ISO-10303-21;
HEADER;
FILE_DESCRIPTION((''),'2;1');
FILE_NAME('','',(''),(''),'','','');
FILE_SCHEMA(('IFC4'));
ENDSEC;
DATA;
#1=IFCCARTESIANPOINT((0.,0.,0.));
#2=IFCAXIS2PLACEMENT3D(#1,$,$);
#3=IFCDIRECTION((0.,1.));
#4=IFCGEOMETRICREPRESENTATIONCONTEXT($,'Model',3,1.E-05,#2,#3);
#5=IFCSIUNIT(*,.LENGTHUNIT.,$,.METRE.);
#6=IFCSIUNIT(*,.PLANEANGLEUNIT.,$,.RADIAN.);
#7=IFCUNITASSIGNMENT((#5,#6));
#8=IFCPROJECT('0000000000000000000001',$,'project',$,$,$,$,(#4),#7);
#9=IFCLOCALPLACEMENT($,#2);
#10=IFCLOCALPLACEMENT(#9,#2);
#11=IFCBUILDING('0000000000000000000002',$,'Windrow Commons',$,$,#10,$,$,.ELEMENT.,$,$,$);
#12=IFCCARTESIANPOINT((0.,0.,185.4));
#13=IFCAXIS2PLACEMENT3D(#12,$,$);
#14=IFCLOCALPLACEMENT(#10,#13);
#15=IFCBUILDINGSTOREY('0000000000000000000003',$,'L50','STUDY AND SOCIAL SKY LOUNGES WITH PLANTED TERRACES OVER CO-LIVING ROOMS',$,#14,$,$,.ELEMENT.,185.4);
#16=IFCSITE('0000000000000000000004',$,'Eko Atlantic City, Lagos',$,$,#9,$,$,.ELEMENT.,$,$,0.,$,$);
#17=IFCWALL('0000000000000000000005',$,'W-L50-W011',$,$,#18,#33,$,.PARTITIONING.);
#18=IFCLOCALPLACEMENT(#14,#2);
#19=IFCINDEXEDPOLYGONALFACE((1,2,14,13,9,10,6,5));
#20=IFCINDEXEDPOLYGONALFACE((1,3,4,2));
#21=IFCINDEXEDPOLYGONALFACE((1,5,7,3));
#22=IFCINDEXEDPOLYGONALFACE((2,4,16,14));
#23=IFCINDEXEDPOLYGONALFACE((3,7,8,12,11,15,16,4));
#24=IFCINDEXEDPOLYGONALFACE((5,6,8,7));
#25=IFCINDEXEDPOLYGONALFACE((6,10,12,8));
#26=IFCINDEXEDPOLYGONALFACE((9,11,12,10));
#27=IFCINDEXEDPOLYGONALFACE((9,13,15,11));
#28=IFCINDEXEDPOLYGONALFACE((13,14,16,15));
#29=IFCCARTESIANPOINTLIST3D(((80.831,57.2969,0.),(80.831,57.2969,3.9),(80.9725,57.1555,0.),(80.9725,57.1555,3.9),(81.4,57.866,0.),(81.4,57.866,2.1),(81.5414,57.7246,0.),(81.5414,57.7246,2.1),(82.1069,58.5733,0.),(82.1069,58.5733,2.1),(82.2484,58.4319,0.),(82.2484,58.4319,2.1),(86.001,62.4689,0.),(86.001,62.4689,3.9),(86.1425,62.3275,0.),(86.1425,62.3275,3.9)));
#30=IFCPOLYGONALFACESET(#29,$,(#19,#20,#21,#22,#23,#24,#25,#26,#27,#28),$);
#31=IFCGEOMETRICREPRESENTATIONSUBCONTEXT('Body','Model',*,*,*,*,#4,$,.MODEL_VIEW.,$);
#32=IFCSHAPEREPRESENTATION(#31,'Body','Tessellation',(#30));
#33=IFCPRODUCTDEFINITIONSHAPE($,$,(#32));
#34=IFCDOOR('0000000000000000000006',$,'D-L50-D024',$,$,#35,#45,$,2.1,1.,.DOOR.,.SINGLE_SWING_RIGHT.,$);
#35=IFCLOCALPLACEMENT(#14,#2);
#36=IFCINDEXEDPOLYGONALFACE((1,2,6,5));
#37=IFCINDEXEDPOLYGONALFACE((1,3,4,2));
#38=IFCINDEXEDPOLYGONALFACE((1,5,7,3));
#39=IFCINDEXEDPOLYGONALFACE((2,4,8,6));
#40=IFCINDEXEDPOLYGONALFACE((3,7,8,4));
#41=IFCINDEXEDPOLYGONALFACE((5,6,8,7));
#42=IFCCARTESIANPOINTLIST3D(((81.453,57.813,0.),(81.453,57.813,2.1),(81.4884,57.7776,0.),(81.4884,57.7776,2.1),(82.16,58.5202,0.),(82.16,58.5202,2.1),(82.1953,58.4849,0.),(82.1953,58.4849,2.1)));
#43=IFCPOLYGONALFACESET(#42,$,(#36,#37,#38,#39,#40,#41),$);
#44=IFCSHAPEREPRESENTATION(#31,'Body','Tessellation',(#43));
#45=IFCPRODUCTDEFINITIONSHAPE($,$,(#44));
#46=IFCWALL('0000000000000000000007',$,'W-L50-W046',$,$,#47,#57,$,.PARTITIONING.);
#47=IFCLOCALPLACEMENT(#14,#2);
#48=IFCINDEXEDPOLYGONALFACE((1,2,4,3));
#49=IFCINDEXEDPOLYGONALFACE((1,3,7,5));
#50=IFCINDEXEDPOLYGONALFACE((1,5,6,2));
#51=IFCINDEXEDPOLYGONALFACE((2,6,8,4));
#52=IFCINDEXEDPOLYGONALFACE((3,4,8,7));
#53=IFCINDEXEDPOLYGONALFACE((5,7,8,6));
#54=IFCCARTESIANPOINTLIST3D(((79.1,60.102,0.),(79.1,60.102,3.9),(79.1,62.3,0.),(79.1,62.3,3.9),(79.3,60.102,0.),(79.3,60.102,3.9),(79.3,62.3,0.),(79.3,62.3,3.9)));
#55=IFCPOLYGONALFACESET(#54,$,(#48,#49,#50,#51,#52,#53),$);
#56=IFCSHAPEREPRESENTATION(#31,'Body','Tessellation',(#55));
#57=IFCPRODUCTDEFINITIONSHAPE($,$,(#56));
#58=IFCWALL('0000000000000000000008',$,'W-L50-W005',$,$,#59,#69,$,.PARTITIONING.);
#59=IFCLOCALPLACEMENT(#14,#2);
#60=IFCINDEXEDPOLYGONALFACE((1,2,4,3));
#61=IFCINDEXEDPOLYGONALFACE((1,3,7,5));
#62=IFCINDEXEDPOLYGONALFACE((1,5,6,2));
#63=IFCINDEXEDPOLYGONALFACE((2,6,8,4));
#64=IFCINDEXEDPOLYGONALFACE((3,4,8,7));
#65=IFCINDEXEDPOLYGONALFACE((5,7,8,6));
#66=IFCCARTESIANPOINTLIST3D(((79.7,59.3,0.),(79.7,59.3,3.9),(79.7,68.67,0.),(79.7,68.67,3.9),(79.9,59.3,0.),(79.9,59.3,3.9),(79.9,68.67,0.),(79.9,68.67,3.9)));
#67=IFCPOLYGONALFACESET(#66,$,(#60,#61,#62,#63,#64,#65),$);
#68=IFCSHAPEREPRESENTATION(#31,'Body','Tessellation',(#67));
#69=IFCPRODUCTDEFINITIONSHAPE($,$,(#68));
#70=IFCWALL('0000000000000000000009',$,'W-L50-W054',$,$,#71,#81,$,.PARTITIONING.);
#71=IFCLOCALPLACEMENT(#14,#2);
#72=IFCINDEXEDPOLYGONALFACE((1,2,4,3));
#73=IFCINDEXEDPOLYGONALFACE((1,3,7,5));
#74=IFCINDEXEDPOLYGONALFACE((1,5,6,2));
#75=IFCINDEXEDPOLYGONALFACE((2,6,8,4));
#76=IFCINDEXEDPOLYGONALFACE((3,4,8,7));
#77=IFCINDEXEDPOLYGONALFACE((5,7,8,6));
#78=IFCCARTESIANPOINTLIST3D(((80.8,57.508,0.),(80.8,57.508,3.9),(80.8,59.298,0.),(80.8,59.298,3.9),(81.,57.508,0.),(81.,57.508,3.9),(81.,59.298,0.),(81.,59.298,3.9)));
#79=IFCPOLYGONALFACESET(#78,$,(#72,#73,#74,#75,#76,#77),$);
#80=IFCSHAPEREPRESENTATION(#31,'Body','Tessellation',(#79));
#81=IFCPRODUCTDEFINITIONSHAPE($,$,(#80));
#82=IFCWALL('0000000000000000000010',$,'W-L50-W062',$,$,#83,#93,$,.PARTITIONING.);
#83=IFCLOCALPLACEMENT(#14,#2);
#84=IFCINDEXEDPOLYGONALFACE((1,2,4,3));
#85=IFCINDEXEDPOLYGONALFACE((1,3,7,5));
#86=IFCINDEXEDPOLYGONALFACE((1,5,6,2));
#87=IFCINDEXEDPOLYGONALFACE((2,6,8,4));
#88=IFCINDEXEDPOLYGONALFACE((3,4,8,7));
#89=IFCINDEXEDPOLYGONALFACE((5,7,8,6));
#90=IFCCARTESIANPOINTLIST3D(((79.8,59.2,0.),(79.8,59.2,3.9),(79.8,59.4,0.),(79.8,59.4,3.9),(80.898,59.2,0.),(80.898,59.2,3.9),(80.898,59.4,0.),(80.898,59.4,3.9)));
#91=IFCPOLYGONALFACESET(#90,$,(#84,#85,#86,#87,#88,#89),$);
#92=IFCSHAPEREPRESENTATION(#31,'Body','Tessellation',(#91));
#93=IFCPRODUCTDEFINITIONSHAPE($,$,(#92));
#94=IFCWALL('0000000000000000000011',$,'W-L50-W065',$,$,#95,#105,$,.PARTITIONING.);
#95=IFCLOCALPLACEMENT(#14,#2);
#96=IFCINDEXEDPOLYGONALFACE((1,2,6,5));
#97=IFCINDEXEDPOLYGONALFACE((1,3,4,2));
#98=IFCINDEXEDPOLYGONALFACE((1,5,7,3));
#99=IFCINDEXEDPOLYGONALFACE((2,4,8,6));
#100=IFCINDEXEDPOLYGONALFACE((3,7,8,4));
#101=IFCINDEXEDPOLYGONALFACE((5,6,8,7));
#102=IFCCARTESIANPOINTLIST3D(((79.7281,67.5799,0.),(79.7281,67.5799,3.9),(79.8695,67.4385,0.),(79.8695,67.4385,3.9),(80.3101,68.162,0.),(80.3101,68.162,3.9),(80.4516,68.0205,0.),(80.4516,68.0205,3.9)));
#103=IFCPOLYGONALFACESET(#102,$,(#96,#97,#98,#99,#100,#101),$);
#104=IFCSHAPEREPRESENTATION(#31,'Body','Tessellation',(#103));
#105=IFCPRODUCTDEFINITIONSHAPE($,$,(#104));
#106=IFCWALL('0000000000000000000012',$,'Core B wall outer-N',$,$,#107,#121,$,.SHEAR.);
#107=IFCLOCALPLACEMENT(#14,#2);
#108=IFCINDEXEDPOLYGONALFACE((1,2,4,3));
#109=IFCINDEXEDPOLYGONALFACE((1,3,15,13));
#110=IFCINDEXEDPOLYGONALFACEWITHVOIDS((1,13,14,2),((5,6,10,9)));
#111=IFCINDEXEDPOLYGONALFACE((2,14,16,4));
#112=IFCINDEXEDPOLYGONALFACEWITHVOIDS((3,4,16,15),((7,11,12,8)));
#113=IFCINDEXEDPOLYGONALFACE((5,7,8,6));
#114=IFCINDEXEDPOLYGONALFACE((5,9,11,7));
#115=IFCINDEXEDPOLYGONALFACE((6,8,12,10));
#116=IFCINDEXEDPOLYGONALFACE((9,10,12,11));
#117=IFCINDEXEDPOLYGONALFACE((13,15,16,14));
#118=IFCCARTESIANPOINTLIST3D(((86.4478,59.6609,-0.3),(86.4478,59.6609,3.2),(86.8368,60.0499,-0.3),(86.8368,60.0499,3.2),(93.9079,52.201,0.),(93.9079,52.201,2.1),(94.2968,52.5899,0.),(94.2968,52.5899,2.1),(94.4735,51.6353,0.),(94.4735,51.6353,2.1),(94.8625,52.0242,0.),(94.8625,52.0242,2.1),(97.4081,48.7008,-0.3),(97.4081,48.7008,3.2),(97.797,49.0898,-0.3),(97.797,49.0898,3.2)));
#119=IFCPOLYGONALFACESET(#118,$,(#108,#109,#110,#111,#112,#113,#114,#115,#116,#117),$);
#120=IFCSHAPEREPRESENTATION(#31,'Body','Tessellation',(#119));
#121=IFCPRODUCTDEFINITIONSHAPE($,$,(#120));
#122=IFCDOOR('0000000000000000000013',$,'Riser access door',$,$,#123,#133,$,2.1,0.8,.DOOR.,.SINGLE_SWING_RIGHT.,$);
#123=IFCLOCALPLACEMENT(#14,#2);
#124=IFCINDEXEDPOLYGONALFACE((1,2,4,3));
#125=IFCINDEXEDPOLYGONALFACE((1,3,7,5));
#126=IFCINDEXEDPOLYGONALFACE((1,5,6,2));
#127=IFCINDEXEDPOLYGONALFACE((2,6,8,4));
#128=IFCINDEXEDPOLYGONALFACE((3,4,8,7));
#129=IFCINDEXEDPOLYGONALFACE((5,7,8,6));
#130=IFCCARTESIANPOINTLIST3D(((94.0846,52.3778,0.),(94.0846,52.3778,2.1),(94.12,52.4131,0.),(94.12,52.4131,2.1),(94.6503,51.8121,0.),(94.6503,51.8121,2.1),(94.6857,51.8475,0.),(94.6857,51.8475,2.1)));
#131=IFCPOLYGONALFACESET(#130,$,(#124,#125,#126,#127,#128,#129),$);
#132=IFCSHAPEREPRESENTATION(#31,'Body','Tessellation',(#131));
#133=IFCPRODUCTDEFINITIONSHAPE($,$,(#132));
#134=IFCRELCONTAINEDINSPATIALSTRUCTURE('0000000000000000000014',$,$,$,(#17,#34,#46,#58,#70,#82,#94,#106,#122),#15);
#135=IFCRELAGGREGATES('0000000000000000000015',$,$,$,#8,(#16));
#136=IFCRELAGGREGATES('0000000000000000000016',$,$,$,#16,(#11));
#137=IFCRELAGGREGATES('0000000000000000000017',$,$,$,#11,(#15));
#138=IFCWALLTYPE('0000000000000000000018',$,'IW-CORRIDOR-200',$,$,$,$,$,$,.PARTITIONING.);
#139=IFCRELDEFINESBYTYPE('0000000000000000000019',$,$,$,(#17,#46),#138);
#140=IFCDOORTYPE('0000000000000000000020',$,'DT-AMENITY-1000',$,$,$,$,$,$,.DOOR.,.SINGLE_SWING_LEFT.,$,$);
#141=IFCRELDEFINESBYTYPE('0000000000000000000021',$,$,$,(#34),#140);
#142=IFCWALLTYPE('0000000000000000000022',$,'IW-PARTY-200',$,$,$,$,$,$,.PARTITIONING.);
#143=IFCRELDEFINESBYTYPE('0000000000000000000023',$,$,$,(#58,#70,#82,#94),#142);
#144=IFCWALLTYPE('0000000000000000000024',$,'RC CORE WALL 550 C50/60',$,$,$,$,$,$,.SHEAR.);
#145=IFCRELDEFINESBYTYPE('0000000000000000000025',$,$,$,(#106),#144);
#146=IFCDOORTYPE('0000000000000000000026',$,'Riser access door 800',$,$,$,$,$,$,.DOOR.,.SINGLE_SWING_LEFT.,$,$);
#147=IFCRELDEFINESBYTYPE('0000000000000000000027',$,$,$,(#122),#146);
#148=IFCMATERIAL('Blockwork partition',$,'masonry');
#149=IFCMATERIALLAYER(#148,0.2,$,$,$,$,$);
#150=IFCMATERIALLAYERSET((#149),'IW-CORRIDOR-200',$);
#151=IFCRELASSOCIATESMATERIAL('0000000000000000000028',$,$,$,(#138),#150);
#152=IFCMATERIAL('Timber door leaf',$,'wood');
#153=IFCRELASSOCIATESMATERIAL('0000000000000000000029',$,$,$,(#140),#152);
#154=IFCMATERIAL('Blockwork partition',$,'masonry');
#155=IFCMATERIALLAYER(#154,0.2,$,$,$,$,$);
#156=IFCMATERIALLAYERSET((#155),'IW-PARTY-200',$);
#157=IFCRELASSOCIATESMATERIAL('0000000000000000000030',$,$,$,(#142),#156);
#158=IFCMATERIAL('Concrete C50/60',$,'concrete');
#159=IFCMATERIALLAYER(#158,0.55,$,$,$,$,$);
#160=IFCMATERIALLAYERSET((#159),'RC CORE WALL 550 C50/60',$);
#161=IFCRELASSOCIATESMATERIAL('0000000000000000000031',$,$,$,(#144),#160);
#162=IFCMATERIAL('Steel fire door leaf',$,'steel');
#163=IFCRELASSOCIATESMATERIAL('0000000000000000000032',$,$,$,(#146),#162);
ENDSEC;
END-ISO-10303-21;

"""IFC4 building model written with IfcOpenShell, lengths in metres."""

from ifc_helpers import new_model, si_unit, direction, frame, frame_2d, origin, place, context, subcontext, project, spatial, rectangle, extrude, material, layer, layer_set, type_object, element, fill, save


model = new_model("IFC4")

# Units and contexts
model_context = context("Model", 3, precision=1e-05, world=origin(), true_north=direction((0.0, 1.0)))
body_context = subcontext(model_context, "Body", "Model", "MODEL_VIEW")
ifc_project = project(units=[si_unit("LENGTHUNIT", "METRE"), si_unit("PLANEANGLEUNIT", "RADIAN")], contexts=[model_context])

# Site, building, storey
site_placement = place(None, origin())
site = spatial("IfcSite", under=ifc_project, at=site_placement, Name="Eko Atlantic City, Lagos", CompositionType="ELEMENT", RefElevation=0.0)
building_placement = place(site_placement, origin())
building = spatial("IfcBuilding", under=site, at=building_placement, Name="Windrow Commons", CompositionType="ELEMENT")
storey_placement = place(building_placement, frame((0.0, 0.0, 185.4)))
storey = spatial("IfcBuildingStorey", under=building, at=storey_placement, Name="L50", Description="STUDY AND SOCIAL SKY LOUNGES WITH PLANTED TERRACES OVER CO-LIVING ROOMS", CompositionType="ELEMENT", Elevation=185.4)

# Wall, opening, door
ifc_material_1 = material(Name="Blockwork partition", Category="masonry")
ifc_layer_1 = layer(ifc_material_1, 0.2)
ifc_layer_set_1 = layer_set([ifc_layer_1], Name="IW-CORRIDOR-200")
wall_type_1 = type_object("IfcWallType", Name="IW-CORRIDOR-200", PredefinedType="PARTITIONING", material=ifc_layer_set_1)
wall_1_placement = place(storey_placement, frame((80.9018, 57.2262, 0.0), z_axis=(0.0, 0.0, 1.0), x_axis=(0.70697, 0.707244, 0.0)))
wall_1 = element("IfcWall", 1, at=wall_1_placement, inside=storey, type_object=wall_type_1, Name="W-L50-W011", PredefinedType="PARTITIONING", context=body_context, shape_type="SweptSolid", body=[
    extrude(rectangle(XDim=7.3129, YDim=0.2, at=frame_2d((3.6564, 0.0))), origin(), (0.0, 0.0, 1.0), 3.9),
])
opening_1_placement = place(wall_1_placement, frame((0.8047, 0.0, 0.0)))
opening_1 = element("IfcOpeningElement", 2, at=opening_1_placement, cuts=wall_1, PredefinedType="OPENING", context=body_context, shape_type="SweptSolid", body=[
    extrude(rectangle(XDim=1.0, YDim=2.1, at=frame_2d((0.5, 1.05))), frame((0.0, 0.11, 0.0), z_axis=(0.0, -1.0, 0.0), x_axis=(1.0, 0.0, 0.0)), (0.0, 0.0, 1.0), 0.22),
])
ifc_material_2 = material(Name="Timber door leaf", Category="wood")
door_type_1 = type_object("IfcDoorType", Name="DT-AMENITY-1000", OperationType="SINGLE_SWING_LEFT", PredefinedType="DOOR", material=ifc_material_2)
door_1_placement = place(opening_1_placement, origin())
door_1 = element("IfcDoor", 3, at=door_1_placement, inside=storey, type_object=door_type_1, Name="D-L50-D024", OperationType="SINGLE_SWING_RIGHT", OverallHeight=2.1, OverallWidth=1.0, PredefinedType="DOOR", context=body_context, shape_type="SweptSolid", body=[
    extrude(rectangle(XDim=1.0, YDim=2.1, at=frame_2d((0.5, 1.05))), frame((0.0, 0.025, 0.0), z_axis=(0.0, -1.0, 0.0), x_axis=(1.0, 0.0, 0.0)), (0.0, 0.0, 1.0), 0.05),
])
fill(opening_1, door_1)

# Walls
wall_2_placement = place(storey_placement, frame((79.2, 60.102, 0.0), z_axis=(0.0, 0.0, 1.0), x_axis=(0.0, 1.0, 0.0)))
element("IfcWall", 4, at=wall_2_placement, inside=storey, type_object=wall_type_1, Name="W-L50-W046", PredefinedType="PARTITIONING", context=body_context, shape_type="SweptSolid", body=[
    extrude(rectangle(XDim=2.198, YDim=0.2, at=frame_2d((1.099, 0.0))), origin(), (0.0, 0.0, 1.0), 3.9),
])
ifc_material_3 = material(Name="Blockwork partition", Category="masonry")
ifc_layer_2 = layer(ifc_material_3, 0.2)
ifc_layer_set_2 = layer_set([ifc_layer_2], Name="IW-PARTY-200")
wall_type_2 = type_object("IfcWallType", Name="IW-PARTY-200", PredefinedType="PARTITIONING", material=ifc_layer_set_2)
wall_3_placement = place(storey_placement, frame((79.8, 59.3, 0.0), z_axis=(0.0, 0.0, 1.0), x_axis=(0.0, 1.0, 0.0)))
element("IfcWall", 5, at=wall_3_placement, inside=storey, type_object=wall_type_2, Name="W-L50-W005", PredefinedType="PARTITIONING", context=body_context, shape_type="SweptSolid", body=[
    extrude(rectangle(XDim=9.37, YDim=0.2, at=frame_2d((4.685, 0.0))), origin(), (0.0, 0.0, 1.0), 3.9),
])
wall_4_placement = place(storey_placement, frame((80.9, 57.508, 0.0), z_axis=(0.0, 0.0, 1.0), x_axis=(0.0, 1.0, 0.0)))
element("IfcWall", 6, at=wall_4_placement, inside=storey, type_object=wall_type_2, Name="W-L50-W054", PredefinedType="PARTITIONING", context=body_context, shape_type="SweptSolid", body=[
    extrude(rectangle(XDim=1.79, YDim=0.2, at=frame_2d((0.895, 0.0))), origin(), (0.0, 0.0, 1.0), 3.9),
])
wall_5_placement = place(storey_placement, frame((79.8, 59.3, 0.0), z_axis=(0.0, 0.0, 1.0), x_axis=(1.0, 0.0, 0.0)))
element("IfcWall", 7, at=wall_5_placement, inside=storey, type_object=wall_type_2, Name="W-L50-W062", PredefinedType="PARTITIONING", context=body_context, shape_type="SweptSolid", body=[
    extrude(rectangle(XDim=1.098, YDim=0.2, at=frame_2d((0.549, 0.0))), origin(), (0.0, 0.0, 1.0), 3.9),
])
wall_6_placement = place(storey_placement, frame((79.7988, 67.5092, 0.0), z_axis=(0.0, 0.0, 1.0), x_axis=(0.707107, 0.707107, 0.0)))
element("IfcWall", 8, at=wall_6_placement, inside=storey, type_object=wall_type_2, Name="W-L50-W065", PredefinedType="PARTITIONING", context=body_context, shape_type="SweptSolid", body=[
    extrude(rectangle(XDim=0.8231, YDim=0.2, at=frame_2d((0.4116, 0.0))), origin(), (0.0, 0.0, 1.0), 3.9),
])

# Wall, opening, door
ifc_material_4 = material(Name="Concrete C50/60", Category="concrete")
ifc_layer_3 = layer(ifc_material_4, 0.55)
ifc_layer_set_3 = layer_set([ifc_layer_3], Name="RC CORE WALL 550 C50/60")
wall_type_3 = type_object("IfcWallType", Name="RC CORE WALL 550 C50/60", PredefinedType="SHEAR", material=ifc_layer_set_3)
wall_7_placement = place(storey_placement, frame((86.6423, 59.8554, -0.3), z_axis=(0.0, 0.0, 1.0), x_axis=(0.70711, -0.707104, 0.0)))
wall_7 = element("IfcWall", 9, at=wall_7_placement, inside=storey, type_object=wall_type_3, Name="Core B wall outer-N", PredefinedType="SHEAR", context=body_context, shape_type="SweptSolid", body=[
    extrude(rectangle(XDim=15.5, YDim=0.55, at=frame_2d((7.75, 0.0))), origin(), (0.0, 0.0, 1.0), 3.5),
])
opening_2_placement = place(wall_7_placement, frame((10.55, 0.0, 0.3)))
opening_2 = element("IfcOpeningElement", 10, at=opening_2_placement, cuts=wall_7, PredefinedType="OPENING", context=body_context, shape_type="SweptSolid", body=[
    extrude(rectangle(XDim=0.8, YDim=2.1, at=frame_2d((0.4, 1.05))), frame((0.0, 0.285, 0.0), z_axis=(0.0, -1.0, 0.0), x_axis=(1.0, 0.0, 0.0)), (0.0, 0.0, 1.0), 0.57),
])
ifc_material_5 = material(Name="Steel fire door leaf", Category="steel")
door_type_2 = type_object("IfcDoorType", Name="Riser access door 800", OperationType="SINGLE_SWING_LEFT", PredefinedType="DOOR", material=ifc_material_5)
door_2_placement = place(opening_2_placement, origin())
door_2 = element("IfcDoor", 11, at=door_2_placement, inside=storey, type_object=door_type_2, Name="Riser access door", OperationType="SINGLE_SWING_RIGHT", OverallHeight=2.1, OverallWidth=0.8, PredefinedType="DOOR", context=body_context, shape_type="SweptSolid", body=[
    extrude(rectangle(XDim=0.8, YDim=2.1, at=frame_2d((0.4, 1.05))), frame((0.0, 0.025, 0.0), z_axis=(0.0, -1.0, 0.0), x_axis=(1.0, 0.0, 0.0)), (0.0, 0.0, 1.0), 0.05),
])
fill(opening_2, door_2)

save(model, "model.ifc")
